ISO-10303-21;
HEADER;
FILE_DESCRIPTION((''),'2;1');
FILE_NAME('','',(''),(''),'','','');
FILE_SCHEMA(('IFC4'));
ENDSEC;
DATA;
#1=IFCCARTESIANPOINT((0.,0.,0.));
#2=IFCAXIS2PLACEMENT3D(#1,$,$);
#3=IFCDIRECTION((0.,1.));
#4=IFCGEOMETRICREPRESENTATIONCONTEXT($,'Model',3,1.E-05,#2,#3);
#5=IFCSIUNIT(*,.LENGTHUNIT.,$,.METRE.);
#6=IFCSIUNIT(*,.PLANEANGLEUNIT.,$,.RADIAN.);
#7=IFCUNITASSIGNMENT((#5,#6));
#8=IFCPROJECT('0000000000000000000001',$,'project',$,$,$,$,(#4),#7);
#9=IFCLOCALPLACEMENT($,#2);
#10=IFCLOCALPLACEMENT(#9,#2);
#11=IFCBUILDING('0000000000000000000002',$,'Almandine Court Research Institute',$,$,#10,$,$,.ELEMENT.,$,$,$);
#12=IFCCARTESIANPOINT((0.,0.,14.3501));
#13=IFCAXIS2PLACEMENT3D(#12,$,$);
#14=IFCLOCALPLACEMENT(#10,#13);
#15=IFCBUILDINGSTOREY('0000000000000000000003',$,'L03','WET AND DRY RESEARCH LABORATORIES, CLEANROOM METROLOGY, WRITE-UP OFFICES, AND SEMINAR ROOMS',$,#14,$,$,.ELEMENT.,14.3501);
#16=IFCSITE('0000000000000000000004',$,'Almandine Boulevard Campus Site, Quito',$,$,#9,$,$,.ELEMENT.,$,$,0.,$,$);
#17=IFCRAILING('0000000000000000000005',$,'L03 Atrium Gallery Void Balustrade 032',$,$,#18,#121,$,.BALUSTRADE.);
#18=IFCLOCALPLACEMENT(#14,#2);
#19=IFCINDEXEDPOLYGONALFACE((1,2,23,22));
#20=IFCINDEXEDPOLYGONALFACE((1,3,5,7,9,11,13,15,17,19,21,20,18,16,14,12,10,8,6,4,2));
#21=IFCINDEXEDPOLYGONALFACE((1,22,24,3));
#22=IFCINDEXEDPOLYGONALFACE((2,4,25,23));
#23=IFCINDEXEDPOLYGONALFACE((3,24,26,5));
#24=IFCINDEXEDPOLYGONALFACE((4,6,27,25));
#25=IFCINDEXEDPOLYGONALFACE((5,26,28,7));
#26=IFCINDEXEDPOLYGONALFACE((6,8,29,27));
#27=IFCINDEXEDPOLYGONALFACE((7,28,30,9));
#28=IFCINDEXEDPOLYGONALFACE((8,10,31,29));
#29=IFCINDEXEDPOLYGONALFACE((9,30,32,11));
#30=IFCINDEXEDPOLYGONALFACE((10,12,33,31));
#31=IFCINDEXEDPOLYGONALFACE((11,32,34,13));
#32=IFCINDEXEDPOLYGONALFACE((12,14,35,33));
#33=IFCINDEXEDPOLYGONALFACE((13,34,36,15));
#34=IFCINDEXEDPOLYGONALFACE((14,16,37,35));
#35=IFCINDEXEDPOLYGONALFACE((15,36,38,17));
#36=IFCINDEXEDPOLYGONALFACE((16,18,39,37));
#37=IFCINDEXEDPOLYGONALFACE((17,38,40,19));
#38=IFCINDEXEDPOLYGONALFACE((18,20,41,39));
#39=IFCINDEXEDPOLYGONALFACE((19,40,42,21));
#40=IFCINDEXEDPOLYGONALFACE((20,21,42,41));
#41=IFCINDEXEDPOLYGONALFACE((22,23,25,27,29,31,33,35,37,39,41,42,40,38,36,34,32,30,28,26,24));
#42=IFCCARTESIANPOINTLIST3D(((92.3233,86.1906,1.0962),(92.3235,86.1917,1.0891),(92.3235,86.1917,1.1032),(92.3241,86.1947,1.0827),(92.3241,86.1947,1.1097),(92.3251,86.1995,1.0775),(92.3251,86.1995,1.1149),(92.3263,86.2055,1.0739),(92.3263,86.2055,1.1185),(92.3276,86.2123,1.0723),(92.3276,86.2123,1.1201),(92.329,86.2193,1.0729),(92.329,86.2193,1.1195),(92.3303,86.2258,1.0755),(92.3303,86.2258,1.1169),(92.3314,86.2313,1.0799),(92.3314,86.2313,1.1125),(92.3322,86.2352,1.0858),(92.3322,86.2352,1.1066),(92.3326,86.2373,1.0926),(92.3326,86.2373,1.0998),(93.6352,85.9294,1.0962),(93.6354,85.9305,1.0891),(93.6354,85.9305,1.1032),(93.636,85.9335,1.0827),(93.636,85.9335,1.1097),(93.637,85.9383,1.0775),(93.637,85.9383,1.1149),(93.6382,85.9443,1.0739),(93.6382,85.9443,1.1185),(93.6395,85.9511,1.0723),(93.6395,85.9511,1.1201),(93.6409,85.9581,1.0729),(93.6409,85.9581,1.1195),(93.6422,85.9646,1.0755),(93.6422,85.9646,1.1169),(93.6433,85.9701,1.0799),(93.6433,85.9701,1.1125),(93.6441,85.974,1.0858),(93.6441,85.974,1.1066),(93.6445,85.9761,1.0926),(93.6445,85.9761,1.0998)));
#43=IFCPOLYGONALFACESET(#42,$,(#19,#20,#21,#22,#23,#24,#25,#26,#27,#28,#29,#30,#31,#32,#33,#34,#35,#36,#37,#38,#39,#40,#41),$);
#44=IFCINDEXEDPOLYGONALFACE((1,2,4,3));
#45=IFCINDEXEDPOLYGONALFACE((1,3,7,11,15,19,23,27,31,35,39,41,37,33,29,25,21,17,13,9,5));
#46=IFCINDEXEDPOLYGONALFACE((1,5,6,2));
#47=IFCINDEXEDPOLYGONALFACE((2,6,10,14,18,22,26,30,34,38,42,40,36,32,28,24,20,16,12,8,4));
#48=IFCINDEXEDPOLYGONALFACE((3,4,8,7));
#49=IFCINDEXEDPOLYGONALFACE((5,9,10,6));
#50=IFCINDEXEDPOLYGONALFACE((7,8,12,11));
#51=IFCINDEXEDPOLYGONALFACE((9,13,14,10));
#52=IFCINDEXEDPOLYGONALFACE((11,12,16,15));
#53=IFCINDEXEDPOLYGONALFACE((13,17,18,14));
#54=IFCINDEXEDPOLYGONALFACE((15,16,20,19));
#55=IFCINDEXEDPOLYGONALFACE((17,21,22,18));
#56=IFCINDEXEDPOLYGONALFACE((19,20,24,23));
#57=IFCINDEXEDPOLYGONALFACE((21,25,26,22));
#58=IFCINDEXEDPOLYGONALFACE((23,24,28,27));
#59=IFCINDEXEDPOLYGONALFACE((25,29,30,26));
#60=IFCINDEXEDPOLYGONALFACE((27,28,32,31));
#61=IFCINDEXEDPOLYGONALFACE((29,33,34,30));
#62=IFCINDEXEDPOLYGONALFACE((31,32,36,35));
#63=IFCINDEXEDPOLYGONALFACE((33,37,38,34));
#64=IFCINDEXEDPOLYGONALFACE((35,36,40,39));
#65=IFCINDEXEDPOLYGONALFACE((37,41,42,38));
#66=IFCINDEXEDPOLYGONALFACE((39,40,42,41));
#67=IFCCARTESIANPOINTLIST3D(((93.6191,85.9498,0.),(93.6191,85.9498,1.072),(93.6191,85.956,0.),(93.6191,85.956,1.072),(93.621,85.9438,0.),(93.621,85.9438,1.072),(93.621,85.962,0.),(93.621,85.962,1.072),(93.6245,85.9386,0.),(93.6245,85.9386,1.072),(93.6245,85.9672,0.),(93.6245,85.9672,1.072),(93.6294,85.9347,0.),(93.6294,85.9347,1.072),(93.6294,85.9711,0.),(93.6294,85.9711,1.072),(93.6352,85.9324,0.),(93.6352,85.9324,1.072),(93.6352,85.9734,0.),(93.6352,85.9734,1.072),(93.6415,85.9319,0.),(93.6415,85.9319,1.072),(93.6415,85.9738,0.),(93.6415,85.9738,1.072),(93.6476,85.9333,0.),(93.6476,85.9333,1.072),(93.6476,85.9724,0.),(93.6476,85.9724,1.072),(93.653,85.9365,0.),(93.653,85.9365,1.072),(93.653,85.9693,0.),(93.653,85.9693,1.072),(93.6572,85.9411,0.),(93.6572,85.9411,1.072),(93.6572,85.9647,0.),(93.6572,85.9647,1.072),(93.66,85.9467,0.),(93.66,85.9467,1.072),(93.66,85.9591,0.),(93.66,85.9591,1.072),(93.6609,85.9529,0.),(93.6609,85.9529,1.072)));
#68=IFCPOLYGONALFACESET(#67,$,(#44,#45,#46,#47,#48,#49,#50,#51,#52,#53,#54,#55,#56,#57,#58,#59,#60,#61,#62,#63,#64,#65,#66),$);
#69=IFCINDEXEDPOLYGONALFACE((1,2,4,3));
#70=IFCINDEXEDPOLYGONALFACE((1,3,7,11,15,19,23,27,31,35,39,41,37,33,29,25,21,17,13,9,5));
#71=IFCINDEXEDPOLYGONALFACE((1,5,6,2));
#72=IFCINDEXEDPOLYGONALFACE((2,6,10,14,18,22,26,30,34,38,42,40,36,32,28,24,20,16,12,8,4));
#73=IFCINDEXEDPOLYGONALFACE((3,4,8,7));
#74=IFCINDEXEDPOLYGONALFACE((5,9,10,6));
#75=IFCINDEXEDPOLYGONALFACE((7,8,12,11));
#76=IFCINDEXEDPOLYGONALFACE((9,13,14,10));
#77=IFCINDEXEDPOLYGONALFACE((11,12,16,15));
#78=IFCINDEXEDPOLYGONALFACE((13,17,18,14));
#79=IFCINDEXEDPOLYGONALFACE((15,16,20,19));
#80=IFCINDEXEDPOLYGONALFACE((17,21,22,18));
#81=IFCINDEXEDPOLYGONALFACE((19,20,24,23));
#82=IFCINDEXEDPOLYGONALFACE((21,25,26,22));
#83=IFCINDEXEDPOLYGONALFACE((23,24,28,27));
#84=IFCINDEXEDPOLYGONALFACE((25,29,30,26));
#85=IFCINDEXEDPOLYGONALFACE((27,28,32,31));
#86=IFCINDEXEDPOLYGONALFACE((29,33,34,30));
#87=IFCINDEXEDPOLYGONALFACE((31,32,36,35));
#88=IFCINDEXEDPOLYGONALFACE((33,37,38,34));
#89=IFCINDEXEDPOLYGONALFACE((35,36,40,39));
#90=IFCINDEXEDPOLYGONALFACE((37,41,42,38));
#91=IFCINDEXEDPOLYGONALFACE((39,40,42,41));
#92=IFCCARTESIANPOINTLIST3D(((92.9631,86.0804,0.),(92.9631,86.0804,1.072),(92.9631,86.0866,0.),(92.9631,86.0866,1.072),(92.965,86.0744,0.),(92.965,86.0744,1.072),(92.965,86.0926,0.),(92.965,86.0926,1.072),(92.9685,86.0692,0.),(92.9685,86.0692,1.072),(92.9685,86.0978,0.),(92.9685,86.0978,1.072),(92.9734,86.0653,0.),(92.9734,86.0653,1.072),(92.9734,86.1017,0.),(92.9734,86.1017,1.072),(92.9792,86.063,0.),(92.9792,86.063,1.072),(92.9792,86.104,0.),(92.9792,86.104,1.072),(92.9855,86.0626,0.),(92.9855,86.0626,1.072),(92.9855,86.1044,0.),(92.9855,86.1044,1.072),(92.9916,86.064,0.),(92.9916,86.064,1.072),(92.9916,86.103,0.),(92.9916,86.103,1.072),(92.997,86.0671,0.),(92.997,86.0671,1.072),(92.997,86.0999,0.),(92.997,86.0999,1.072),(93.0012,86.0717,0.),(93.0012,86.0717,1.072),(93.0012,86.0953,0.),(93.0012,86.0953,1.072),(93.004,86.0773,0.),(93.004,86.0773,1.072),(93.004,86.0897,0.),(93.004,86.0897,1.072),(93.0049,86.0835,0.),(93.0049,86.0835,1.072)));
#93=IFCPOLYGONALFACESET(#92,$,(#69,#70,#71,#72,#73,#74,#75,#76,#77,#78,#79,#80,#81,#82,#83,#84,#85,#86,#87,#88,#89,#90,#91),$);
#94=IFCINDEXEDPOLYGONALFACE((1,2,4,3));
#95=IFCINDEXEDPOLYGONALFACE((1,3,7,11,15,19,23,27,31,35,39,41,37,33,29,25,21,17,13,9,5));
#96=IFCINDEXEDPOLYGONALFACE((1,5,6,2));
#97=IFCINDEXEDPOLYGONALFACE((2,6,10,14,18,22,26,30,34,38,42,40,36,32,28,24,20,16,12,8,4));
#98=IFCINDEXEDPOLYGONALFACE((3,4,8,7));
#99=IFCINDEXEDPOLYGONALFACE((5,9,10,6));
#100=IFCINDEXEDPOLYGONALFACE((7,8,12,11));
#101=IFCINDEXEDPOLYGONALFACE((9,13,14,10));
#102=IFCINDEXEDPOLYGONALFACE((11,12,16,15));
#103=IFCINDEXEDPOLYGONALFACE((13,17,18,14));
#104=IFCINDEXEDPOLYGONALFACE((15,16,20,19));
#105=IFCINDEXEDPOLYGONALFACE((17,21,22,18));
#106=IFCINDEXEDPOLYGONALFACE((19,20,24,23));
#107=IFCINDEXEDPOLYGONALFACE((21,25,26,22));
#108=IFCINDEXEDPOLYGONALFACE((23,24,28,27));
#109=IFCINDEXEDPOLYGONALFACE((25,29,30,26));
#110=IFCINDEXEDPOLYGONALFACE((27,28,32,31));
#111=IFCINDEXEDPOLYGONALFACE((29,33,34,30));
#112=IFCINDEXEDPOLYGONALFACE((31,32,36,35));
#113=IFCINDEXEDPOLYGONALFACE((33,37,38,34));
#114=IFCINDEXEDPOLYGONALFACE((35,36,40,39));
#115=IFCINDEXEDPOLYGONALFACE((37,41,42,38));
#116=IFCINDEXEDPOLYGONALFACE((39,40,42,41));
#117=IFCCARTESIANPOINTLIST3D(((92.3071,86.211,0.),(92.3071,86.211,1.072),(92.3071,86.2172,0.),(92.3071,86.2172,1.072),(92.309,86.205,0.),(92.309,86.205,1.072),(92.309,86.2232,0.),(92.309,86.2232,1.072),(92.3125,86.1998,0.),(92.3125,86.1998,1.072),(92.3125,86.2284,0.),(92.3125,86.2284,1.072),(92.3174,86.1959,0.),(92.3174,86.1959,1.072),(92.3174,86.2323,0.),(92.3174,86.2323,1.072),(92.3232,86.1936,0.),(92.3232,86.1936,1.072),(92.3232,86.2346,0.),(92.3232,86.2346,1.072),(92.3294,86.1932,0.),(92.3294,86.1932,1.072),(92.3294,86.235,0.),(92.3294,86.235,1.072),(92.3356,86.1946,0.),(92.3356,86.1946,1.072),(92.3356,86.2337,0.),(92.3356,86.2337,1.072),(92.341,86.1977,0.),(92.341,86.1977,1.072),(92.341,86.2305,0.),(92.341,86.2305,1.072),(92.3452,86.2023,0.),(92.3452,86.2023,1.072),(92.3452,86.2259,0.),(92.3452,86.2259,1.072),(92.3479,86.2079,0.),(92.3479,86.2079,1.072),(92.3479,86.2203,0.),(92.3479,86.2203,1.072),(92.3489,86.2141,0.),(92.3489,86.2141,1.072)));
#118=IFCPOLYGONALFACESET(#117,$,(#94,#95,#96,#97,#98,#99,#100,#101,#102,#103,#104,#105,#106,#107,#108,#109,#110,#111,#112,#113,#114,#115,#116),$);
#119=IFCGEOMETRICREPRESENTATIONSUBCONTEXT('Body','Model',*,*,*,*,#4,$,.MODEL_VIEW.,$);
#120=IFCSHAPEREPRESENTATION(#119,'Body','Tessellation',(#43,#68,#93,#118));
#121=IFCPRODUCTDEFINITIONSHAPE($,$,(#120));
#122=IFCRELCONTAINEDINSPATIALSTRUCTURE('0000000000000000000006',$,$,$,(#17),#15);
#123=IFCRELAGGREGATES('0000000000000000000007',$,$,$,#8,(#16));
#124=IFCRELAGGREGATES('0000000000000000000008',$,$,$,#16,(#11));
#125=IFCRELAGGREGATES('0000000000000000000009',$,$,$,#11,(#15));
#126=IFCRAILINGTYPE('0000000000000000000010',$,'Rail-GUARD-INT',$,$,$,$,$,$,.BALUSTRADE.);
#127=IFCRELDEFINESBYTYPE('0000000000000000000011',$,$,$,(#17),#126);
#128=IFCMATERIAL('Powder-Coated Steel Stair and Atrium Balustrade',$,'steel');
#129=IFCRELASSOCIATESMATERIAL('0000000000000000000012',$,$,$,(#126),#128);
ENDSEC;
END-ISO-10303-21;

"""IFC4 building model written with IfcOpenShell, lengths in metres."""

from ifc_helpers import new_model, si_unit, direction, frame, origin, origin_2d, place, context, subcontext, project, spatial, circle, extrude, material, type_object, element, save


model = new_model("IFC4")

# Units and contexts
model_context = context("Model", 3, precision=1e-05, world=origin(), true_north=direction((0.0, 1.0)))
body_context = subcontext(model_context, "Body", "Model", "MODEL_VIEW")
ifc_project = project(units=[si_unit("LENGTHUNIT", "METRE"), si_unit("PLANEANGLEUNIT", "RADIAN")], contexts=[model_context])

# Site, building, storey
site_placement = place(None, origin())
site = spatial("IfcSite", under=ifc_project, at=site_placement, Name="Almandine Boulevard Campus Site, Quito", CompositionType="ELEMENT", RefElevation=0.0)
building_placement = place(site_placement, origin())
building = spatial("IfcBuilding", under=site, at=building_placement, Name="Almandine Court Research Institute", CompositionType="ELEMENT")
storey_placement = place(building_placement, frame((0.0, 0.0, 14.3501)))
storey = spatial("IfcBuildingStorey", under=building, at=storey_placement, Name="L03", Description="WET AND DRY RESEARCH LABORATORIES, CLEANROOM METROLOGY, WRITE-UP OFFICES, AND SEMINAR ROOMS", CompositionType="ELEMENT", Elevation=14.3501)

# Railing
ifc_material_1 = material(Name="Powder-Coated Steel Stair and Atrium Balustrade", Category="steel")
railing_type = type_object("IfcRailingType", Name="Rail-GUARD-INT", PredefinedType="BALUSTRADE", material=ifc_material_1)
railing_1_placement = place(storey_placement, frame((93.6399, 85.9529, 0.0)))
element("IfcRailing", 1, at=railing_1_placement, inside=storey, type_object=railing_type, Name="L03 Atrium Gallery Void Balustrade 032", PredefinedType="BALUSTRADE", context=body_context, shape_type="SweptSolid", body=[
    extrude(circle(Radius=0.0239, at=origin_2d()), frame((0.0, 0.0, 1.0962), z_axis=(-0.980749, 0.195274, 0.0), x_axis=(-0.195274, -0.980749, 0.0)), (0.0, 0.0, 1.0), 1.3376),
    extrude(circle(Radius=0.021, at=origin_2d()), origin(), (0.0, 0.0, 1.0), 1.072),
    extrude(circle(Radius=0.021, at=origin_2d()), frame((-0.656, 0.1306, 0.0)), (0.0, 0.0, 1.0), 1.072),
    extrude(circle(Radius=0.021, at=origin_2d()), frame((-1.312, 0.2612, 0.0)), (0.0, 0.0, 1.0), 1.072),
])

save(model, "model.ifc")
